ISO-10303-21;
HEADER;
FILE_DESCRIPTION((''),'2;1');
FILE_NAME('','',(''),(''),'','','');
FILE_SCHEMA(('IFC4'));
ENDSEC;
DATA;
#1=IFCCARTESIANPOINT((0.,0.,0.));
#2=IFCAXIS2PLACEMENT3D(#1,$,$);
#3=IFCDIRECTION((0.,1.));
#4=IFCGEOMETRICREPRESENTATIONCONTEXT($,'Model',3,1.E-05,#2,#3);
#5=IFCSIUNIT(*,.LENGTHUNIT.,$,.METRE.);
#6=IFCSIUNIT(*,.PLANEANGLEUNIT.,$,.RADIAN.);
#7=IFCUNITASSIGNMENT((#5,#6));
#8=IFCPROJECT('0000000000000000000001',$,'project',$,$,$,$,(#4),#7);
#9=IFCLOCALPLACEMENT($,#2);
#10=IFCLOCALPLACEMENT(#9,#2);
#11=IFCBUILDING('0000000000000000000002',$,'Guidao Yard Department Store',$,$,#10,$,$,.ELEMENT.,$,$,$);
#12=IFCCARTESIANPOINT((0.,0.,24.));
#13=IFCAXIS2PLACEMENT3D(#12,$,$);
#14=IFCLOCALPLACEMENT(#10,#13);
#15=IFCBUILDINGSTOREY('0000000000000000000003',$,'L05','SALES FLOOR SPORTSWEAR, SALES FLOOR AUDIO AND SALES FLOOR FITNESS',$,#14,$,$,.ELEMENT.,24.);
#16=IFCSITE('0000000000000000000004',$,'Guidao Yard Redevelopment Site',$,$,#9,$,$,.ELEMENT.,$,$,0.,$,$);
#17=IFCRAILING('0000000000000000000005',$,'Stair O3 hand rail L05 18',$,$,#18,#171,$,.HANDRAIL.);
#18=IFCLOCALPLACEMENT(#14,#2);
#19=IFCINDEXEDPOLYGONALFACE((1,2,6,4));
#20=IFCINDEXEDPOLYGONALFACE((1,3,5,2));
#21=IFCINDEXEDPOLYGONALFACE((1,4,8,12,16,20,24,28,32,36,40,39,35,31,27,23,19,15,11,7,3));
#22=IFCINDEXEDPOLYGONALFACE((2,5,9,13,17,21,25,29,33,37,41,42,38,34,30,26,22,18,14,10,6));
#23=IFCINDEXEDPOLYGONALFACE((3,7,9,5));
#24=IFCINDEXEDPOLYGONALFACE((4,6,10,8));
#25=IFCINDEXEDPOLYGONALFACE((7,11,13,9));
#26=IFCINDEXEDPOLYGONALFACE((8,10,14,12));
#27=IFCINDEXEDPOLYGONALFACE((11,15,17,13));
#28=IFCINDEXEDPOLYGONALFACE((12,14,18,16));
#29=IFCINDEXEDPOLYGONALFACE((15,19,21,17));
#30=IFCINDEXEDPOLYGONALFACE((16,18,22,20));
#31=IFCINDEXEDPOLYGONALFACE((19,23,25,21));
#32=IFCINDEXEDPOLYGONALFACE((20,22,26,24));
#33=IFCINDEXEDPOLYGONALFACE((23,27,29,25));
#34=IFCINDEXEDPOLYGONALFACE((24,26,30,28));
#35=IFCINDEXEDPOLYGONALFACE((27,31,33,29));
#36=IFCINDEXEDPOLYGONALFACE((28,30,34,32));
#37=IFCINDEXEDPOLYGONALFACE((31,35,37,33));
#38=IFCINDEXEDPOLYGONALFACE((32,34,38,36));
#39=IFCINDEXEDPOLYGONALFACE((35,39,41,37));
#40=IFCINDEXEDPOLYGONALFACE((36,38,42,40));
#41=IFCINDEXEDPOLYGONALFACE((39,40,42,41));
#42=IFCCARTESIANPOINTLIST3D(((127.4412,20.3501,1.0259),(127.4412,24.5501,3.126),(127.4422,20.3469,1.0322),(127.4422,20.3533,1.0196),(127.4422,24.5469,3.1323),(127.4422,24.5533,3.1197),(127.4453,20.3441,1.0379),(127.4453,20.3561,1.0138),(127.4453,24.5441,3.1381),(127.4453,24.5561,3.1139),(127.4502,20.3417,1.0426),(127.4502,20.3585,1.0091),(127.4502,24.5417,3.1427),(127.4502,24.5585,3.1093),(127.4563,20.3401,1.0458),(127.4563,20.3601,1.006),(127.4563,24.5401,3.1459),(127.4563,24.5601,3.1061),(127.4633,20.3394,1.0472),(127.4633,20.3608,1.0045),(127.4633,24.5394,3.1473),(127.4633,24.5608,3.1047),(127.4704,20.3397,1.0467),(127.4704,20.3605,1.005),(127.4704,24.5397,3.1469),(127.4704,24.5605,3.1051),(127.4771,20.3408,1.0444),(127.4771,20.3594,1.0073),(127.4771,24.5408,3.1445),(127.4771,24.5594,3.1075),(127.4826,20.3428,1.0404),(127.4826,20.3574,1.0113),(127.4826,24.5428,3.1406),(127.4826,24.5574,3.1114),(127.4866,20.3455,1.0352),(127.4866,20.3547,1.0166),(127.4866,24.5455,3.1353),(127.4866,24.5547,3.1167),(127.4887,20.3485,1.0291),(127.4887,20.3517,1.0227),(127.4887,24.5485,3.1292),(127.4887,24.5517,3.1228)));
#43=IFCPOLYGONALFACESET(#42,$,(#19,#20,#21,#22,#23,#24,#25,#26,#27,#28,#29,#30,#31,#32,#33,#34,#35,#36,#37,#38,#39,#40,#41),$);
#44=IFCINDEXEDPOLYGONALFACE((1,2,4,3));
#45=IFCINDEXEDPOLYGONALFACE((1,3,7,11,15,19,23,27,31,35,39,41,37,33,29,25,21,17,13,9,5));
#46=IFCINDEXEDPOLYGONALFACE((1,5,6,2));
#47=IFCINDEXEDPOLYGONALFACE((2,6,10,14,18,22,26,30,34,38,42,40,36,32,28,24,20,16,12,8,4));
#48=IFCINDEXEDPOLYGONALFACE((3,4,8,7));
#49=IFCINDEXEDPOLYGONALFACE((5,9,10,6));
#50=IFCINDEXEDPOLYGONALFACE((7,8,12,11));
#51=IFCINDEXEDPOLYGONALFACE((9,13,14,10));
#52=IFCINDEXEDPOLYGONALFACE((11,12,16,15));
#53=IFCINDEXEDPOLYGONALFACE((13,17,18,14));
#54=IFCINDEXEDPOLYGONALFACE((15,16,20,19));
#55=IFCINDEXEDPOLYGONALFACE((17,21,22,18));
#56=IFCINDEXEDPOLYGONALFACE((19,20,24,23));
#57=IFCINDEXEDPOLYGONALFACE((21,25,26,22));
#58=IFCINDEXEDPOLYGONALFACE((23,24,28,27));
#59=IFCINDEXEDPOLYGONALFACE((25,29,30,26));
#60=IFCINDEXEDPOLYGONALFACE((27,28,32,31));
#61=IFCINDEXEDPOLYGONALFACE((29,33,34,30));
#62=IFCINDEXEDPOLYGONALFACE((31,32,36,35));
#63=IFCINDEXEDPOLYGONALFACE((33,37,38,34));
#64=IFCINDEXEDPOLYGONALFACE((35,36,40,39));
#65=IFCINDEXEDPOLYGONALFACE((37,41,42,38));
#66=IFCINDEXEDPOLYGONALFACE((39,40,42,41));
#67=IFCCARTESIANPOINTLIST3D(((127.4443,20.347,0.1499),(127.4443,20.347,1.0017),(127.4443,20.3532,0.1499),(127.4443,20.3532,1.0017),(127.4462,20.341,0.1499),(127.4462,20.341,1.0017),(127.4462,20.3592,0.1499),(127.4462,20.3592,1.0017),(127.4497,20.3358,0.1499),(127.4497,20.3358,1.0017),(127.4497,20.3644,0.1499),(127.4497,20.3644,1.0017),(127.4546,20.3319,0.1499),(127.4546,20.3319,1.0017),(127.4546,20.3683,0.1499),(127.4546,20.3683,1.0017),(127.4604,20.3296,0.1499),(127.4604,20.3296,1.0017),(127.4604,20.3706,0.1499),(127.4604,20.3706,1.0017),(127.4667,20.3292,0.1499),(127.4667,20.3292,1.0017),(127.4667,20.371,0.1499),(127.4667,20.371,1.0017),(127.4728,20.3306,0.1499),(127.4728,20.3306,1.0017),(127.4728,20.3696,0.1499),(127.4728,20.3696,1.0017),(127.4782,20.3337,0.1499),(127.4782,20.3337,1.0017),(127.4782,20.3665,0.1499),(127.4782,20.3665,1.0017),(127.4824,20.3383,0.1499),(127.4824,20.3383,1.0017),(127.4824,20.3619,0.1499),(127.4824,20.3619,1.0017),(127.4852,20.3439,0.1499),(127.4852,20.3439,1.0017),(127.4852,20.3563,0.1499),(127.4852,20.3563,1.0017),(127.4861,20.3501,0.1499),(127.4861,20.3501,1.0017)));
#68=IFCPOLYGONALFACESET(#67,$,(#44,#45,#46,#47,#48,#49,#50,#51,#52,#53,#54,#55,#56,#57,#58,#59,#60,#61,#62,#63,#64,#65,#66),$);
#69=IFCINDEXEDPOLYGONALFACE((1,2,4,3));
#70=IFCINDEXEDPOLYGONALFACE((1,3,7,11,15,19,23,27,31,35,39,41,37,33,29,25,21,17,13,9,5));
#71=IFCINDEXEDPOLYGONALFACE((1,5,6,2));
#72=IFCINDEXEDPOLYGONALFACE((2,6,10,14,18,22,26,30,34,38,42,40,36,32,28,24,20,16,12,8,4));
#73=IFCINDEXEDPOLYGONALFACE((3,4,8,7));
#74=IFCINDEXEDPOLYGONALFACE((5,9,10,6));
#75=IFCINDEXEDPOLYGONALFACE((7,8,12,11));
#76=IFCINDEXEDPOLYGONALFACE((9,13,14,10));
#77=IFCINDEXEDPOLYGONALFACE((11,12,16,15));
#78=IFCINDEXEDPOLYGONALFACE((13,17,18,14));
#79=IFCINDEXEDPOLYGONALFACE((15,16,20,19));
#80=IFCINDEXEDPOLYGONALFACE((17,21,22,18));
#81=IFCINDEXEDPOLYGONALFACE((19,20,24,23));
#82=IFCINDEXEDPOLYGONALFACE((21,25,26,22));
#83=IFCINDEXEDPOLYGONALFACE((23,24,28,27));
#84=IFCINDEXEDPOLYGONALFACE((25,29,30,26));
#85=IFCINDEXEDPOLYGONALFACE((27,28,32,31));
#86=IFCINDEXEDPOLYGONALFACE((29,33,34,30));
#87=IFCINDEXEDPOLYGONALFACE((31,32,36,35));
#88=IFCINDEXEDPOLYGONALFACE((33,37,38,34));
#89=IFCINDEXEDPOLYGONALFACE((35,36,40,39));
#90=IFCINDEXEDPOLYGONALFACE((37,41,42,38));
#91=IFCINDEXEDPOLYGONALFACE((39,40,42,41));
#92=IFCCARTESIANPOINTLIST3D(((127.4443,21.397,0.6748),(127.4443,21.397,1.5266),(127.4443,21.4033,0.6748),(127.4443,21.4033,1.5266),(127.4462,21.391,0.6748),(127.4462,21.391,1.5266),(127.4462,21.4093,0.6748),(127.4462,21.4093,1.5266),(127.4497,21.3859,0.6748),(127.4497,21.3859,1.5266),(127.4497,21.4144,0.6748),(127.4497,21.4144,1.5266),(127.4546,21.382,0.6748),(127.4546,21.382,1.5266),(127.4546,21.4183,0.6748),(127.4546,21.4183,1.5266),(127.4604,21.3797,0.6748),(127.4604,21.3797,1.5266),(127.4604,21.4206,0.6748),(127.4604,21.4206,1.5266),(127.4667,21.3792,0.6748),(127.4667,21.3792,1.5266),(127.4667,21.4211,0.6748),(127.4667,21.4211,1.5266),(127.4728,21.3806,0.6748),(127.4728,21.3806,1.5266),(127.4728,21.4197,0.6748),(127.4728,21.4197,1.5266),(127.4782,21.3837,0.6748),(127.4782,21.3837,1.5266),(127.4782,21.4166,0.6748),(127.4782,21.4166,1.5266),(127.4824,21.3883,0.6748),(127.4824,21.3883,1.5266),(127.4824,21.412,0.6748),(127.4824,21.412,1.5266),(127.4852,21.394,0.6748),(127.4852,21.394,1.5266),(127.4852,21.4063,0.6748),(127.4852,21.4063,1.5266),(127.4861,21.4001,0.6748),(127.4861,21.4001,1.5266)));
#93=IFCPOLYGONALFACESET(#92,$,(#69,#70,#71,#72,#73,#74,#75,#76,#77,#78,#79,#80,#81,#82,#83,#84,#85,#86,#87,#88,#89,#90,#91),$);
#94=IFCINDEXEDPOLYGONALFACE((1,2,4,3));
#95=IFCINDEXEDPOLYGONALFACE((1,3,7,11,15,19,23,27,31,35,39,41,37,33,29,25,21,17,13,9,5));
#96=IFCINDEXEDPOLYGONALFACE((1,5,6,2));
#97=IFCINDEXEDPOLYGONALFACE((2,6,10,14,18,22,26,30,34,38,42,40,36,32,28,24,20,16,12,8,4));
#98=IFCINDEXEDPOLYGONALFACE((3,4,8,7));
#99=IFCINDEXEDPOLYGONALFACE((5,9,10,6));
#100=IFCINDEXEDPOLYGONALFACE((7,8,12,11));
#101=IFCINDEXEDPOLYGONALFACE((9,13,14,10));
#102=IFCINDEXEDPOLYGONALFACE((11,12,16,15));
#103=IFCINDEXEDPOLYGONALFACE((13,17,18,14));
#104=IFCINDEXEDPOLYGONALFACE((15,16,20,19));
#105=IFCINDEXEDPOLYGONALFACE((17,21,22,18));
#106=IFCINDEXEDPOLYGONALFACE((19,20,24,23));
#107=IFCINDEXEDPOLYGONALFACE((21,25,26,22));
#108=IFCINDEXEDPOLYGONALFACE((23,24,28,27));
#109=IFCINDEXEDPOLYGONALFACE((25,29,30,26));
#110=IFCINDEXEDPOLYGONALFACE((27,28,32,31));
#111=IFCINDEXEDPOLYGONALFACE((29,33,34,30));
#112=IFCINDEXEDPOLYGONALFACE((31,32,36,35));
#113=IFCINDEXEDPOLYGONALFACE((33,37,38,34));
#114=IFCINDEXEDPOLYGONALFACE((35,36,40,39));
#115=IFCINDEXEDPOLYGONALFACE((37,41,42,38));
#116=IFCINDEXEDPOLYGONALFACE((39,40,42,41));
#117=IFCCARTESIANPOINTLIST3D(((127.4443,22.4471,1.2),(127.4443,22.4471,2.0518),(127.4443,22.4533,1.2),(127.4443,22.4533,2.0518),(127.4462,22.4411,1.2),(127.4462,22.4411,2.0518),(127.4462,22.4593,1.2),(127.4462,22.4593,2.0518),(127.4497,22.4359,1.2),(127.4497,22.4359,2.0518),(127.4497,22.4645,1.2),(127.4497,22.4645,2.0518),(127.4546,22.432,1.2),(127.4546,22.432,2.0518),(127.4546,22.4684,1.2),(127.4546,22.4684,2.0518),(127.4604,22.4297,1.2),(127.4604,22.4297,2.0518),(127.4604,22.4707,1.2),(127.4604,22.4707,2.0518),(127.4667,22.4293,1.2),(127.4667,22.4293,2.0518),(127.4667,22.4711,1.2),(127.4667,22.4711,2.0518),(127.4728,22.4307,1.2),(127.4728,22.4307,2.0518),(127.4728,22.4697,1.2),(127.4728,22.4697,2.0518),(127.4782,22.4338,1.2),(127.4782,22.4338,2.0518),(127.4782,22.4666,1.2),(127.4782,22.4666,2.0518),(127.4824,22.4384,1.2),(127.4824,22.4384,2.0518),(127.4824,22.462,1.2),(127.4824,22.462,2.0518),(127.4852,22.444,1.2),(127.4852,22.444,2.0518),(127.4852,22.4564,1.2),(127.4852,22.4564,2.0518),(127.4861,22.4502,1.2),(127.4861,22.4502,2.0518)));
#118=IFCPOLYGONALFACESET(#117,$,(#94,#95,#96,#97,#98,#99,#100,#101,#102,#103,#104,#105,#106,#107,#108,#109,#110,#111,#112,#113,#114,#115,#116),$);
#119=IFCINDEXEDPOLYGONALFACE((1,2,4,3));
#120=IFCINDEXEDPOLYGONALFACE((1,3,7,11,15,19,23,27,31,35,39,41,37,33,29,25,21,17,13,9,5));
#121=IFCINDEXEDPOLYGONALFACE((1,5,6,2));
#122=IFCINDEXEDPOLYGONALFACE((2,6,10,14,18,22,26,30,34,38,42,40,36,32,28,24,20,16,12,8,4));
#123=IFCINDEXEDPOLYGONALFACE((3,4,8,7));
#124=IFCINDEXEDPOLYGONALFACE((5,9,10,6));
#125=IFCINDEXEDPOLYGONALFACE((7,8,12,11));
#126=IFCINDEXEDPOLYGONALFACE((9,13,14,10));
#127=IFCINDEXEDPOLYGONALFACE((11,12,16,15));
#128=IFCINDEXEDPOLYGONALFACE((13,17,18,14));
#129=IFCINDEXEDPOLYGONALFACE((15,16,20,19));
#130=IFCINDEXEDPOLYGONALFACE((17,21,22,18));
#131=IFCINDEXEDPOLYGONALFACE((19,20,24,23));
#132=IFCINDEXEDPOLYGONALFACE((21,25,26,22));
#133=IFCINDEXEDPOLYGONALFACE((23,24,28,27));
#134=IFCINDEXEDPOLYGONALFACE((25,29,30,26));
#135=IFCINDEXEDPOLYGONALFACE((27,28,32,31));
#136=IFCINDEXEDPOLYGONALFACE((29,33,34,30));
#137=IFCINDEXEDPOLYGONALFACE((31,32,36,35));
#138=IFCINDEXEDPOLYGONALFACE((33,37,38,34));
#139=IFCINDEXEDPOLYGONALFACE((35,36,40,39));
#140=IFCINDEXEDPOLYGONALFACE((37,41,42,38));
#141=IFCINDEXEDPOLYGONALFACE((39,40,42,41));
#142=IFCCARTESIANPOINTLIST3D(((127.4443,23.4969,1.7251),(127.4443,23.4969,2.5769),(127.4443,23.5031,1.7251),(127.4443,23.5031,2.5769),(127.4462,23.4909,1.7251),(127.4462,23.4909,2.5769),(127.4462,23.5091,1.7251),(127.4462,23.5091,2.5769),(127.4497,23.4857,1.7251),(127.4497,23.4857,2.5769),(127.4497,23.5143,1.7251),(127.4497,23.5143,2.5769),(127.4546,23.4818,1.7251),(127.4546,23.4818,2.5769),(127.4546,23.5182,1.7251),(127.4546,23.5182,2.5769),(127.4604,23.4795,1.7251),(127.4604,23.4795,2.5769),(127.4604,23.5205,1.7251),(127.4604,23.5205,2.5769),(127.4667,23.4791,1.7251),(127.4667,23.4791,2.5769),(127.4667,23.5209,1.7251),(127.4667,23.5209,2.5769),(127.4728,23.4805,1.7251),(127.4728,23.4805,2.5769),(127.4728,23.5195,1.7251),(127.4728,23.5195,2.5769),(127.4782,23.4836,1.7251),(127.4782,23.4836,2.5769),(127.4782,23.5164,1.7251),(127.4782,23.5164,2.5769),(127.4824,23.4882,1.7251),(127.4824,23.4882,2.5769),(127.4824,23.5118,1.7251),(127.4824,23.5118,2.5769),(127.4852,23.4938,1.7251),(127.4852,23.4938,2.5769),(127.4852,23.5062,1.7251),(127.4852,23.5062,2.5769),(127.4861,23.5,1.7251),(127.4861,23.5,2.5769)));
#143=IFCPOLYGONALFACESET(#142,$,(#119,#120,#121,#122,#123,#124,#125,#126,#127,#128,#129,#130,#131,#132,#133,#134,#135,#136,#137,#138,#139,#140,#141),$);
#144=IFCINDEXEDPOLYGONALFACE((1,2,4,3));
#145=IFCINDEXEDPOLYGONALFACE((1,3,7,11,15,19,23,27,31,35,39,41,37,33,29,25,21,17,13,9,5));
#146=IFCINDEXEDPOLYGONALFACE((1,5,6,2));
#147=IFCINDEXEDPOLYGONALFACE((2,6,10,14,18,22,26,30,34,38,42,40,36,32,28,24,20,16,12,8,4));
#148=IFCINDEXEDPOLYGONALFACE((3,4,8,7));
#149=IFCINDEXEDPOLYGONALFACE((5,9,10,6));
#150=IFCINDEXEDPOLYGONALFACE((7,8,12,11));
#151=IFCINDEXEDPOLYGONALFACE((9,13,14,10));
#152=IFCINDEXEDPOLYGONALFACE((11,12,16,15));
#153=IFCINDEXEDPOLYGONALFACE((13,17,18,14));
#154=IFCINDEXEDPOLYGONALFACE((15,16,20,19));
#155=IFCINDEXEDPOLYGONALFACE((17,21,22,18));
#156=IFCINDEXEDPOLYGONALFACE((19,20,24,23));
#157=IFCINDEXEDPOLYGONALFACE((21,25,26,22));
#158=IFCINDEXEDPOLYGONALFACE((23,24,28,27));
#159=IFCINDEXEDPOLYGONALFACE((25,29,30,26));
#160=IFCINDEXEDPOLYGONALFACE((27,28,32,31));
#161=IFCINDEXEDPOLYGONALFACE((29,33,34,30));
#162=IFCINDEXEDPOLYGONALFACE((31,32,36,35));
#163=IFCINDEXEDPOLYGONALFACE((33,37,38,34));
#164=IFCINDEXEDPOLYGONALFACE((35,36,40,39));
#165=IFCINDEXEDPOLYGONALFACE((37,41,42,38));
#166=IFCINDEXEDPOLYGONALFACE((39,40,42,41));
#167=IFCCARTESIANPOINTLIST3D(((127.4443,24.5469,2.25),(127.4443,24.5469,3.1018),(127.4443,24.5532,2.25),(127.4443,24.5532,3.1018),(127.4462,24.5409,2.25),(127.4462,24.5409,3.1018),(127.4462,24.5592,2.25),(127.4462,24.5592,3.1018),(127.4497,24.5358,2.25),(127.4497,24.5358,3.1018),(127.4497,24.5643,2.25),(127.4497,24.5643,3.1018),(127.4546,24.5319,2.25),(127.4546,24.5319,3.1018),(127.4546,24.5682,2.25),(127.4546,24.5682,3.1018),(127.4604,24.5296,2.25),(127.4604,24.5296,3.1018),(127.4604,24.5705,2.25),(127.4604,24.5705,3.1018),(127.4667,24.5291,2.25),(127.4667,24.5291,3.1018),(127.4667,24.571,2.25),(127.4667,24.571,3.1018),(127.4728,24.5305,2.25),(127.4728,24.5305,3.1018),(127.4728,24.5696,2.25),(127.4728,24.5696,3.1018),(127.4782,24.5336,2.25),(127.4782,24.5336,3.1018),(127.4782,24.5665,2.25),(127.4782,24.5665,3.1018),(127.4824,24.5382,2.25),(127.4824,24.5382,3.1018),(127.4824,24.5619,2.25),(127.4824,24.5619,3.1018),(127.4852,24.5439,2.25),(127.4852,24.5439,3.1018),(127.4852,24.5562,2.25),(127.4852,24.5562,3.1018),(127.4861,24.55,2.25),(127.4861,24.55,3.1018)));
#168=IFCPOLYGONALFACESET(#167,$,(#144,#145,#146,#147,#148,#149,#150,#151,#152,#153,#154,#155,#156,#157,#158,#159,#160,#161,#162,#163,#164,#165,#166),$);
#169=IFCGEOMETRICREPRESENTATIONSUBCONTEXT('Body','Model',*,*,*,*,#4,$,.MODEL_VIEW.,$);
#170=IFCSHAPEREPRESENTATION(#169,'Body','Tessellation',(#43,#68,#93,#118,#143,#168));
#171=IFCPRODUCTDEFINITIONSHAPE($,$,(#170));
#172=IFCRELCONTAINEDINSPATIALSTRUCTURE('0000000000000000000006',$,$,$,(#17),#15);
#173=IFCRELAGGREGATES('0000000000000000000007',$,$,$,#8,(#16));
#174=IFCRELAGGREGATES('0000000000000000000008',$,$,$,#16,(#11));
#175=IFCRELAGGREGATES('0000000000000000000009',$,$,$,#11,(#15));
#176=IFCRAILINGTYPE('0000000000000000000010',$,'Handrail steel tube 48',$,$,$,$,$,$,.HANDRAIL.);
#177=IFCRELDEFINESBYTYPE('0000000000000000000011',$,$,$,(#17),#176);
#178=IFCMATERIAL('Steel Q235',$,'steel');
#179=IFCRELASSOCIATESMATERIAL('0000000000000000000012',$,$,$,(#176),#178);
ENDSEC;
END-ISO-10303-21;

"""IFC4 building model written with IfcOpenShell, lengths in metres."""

from ifc_helpers import new_model, si_unit, direction, frame, origin, origin_2d, place, context, subcontext, project, spatial, circle, extrude, material, type_object, element, save


model = new_model("IFC4")

# Units and contexts
model_context = context("Model", 3, precision=1e-05, world=origin(), true_north=direction((0.0, 1.0)))
body_context = subcontext(model_context, "Body", "Model", "MODEL_VIEW")
ifc_project = project(units=[si_unit("LENGTHUNIT", "METRE"), si_unit("PLANEANGLEUNIT", "RADIAN")], contexts=[model_context])

# Site, building, storey
site_placement = place(None, origin())
site = spatial("IfcSite", under=ifc_project, at=site_placement, Name="Guidao Yard Redevelopment Site", CompositionType="ELEMENT", RefElevation=0.0)
building_placement = place(site_placement, origin())
building = spatial("IfcBuilding", under=site, at=building_placement, Name="Guidao Yard Department Store", CompositionType="ELEMENT")
storey_placement = place(building_placement, frame((0.0, 0.0, 24.0)))
storey = spatial("IfcBuildingStorey", under=building, at=storey_placement, Name="L05", Description="SALES FLOOR SPORTSWEAR, SALES FLOOR AUDIO AND SALES FLOOR FITNESS", CompositionType="ELEMENT", Elevation=24.0)

# Railing
ifc_material_1 = material(Name="Steel Q235", Category="steel")
railing_type_1 = type_object("IfcRailingType", Name="Handrail steel tube 48", PredefinedType="HANDRAIL", material=ifc_material_1)
for number, where, name in (
    (1, (127.4651, 20.3501, 0.1499), "Stair O3 hand rail L05 18"),
):
    element("IfcRailing", number, at=place(storey_placement, frame(where)), inside=storey, type_object=railing_type_1, Name=name, PredefinedType="HANDRAIL", context=body_context, shape_type="SweptSolid", body=[
        extrude(circle(Radius=0.0239, at=origin_2d()), frame((0.0, 0.0, 0.876), z_axis=(0.0, 0.894417, 0.447234), x_axis=(-1.0, 0.0, 0.0)), (0.0, 0.0, 1.0), 4.6958),
        extrude(circle(Radius=0.021, at=origin_2d()), origin(), (0.0, 0.0, 1.0), 0.8518),
        extrude(circle(Radius=0.021, at=origin_2d()), frame((0.0, 1.05, 0.5249)), (0.0, 0.0, 1.0), 0.8518),
        extrude(circle(Radius=0.021, at=origin_2d()), frame((0.0, 2.1001, 1.05)), (0.0, 0.0, 1.0), 0.8518),
        extrude(circle(Radius=0.021, at=origin_2d()), frame((0.0, 3.1499, 1.5752)), (0.0, 0.0, 1.0), 0.8518),
        extrude(circle(Radius=0.021, at=origin_2d()), frame((0.0, 4.2, 2.1001)), (0.0, 0.0, 1.0), 0.8518),
    ])

save(model, "model.ifc")
